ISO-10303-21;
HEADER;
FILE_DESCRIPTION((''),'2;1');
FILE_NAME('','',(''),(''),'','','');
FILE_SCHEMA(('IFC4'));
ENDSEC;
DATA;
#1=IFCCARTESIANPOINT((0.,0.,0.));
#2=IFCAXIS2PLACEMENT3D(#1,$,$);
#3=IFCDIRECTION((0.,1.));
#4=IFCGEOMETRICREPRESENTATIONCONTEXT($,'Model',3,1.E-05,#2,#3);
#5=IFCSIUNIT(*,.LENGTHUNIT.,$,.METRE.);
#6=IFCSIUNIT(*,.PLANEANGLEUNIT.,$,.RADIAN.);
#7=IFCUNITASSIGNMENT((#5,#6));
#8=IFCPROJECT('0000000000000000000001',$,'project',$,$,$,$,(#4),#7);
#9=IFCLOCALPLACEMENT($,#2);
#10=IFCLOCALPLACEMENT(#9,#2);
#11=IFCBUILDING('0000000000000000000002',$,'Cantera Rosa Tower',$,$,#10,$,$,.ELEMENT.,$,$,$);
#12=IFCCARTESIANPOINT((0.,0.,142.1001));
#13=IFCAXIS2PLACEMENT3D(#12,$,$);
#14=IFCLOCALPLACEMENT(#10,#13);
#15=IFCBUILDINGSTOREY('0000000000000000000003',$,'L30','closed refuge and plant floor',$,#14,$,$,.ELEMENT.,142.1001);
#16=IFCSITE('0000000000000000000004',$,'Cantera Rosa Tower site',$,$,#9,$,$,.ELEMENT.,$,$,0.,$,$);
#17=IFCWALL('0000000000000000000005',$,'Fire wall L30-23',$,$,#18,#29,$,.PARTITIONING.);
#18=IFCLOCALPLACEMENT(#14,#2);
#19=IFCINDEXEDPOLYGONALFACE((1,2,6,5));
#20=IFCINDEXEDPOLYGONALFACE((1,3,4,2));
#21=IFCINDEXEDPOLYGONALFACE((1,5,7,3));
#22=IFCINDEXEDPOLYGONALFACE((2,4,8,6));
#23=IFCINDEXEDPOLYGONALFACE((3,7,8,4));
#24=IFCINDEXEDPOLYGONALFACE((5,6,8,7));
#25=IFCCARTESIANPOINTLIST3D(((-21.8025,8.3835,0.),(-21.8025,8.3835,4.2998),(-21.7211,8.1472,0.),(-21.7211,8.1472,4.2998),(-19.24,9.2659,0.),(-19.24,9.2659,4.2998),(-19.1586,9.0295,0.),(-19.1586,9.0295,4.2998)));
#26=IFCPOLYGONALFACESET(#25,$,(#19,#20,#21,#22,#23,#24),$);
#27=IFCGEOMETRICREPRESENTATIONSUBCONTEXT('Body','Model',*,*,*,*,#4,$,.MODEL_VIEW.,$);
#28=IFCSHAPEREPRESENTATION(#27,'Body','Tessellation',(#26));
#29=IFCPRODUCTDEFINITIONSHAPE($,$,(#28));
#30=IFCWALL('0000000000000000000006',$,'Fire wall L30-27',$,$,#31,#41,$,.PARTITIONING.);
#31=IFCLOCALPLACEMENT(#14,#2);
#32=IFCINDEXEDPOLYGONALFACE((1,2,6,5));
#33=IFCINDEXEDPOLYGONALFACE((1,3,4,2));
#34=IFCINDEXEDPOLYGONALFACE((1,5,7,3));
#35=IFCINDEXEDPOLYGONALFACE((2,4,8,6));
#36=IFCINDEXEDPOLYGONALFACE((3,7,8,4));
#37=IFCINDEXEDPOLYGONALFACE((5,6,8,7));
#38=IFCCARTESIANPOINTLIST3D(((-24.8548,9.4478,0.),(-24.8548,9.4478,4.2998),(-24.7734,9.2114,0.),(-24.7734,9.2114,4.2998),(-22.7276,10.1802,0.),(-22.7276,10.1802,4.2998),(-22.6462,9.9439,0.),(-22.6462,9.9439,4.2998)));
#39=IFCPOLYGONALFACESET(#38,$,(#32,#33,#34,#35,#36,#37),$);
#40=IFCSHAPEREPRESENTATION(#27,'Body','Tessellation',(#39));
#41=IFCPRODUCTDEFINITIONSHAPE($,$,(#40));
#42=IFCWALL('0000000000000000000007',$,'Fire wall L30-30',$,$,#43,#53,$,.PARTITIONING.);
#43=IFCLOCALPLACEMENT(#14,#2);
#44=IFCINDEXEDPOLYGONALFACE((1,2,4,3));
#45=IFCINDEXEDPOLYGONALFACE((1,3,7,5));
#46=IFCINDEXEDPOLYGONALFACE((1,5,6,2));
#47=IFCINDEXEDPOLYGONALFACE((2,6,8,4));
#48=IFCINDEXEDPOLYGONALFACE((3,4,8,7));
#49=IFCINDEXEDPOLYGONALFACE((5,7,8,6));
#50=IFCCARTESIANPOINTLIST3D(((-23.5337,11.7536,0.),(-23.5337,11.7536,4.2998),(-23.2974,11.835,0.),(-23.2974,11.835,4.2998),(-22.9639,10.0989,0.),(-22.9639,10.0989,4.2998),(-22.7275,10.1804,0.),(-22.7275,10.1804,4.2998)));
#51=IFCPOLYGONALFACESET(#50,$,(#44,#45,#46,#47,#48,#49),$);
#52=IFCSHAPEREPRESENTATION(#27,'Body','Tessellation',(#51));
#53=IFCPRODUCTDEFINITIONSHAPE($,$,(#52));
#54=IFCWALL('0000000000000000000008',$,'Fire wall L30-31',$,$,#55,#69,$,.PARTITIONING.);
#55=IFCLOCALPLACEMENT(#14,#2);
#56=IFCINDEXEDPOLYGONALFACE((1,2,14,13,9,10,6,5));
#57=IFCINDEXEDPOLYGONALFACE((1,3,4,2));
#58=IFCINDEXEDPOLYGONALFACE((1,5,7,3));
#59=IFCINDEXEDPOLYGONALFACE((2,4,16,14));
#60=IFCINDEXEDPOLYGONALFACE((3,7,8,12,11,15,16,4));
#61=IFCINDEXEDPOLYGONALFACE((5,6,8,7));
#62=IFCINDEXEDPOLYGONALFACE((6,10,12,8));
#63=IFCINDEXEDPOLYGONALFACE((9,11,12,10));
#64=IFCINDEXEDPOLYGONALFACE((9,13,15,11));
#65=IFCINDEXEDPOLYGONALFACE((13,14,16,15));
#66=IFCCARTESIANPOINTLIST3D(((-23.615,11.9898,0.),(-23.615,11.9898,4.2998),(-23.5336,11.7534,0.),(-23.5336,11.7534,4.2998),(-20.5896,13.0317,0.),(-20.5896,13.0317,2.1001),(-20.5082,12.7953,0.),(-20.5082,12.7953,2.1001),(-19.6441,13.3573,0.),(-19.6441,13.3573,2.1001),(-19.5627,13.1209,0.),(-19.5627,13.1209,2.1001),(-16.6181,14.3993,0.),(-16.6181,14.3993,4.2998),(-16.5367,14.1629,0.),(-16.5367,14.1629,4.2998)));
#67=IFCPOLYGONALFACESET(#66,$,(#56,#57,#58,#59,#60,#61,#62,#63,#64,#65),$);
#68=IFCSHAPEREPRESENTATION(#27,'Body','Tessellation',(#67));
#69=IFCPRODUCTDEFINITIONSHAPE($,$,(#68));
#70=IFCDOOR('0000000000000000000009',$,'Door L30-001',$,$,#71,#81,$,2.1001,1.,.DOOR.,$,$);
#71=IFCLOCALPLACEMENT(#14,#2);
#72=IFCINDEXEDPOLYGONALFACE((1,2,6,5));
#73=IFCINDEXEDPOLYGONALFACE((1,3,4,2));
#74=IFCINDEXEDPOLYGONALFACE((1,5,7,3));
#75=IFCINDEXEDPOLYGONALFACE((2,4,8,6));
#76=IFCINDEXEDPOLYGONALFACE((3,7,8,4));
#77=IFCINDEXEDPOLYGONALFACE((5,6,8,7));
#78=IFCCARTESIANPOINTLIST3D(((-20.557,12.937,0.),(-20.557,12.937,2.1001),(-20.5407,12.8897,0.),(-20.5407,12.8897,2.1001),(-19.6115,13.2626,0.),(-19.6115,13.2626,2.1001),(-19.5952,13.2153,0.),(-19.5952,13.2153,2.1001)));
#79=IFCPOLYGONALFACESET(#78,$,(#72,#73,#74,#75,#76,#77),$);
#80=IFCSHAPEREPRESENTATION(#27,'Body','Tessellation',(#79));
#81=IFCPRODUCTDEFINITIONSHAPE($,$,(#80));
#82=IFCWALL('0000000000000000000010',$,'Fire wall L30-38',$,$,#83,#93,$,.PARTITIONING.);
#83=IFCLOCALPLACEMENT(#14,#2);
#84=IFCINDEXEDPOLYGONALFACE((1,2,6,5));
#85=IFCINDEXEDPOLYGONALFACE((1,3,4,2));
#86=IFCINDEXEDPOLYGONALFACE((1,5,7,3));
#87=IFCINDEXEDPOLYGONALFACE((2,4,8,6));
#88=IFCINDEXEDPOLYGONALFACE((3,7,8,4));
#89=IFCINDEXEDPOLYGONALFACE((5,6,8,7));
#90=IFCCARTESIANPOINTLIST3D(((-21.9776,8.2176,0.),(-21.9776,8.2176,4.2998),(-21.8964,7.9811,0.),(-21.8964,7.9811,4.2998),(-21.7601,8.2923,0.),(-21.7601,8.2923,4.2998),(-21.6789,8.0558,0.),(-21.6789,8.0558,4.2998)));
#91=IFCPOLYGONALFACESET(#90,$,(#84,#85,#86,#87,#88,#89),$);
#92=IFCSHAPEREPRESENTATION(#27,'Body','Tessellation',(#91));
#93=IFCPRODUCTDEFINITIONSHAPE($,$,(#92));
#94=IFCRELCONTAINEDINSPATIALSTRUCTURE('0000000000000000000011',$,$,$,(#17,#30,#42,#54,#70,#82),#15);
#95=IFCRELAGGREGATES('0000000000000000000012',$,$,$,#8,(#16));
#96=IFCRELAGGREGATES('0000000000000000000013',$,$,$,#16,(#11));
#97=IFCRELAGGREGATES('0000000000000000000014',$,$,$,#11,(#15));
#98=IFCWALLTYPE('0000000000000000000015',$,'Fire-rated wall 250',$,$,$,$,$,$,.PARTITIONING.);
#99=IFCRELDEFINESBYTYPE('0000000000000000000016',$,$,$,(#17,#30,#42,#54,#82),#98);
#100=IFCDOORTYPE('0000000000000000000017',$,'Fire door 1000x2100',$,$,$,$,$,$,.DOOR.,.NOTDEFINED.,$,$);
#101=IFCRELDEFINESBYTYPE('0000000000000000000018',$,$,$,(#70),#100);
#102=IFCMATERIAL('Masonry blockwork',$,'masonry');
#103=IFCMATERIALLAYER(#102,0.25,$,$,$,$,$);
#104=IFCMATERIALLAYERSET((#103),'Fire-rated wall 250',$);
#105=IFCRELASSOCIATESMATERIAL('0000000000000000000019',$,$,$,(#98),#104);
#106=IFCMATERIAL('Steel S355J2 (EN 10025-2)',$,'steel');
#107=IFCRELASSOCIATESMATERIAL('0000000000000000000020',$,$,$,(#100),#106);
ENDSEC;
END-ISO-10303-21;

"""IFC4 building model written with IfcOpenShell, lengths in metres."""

from ifc_helpers import new_model, si_unit, direction, frame, frame_2d, origin, place, context, subcontext, project, spatial, rectangle, extrude, material, layer, layer_set, type_object, element, fill, save


model = new_model("IFC4")

# Units and contexts
model_context = context("Model", 3, precision=1e-05, world=origin(), true_north=direction((0.0, 1.0)))
body_context = subcontext(model_context, "Body", "Model", "MODEL_VIEW")
ifc_project = project(units=[si_unit("LENGTHUNIT", "METRE"), si_unit("PLANEANGLEUNIT", "RADIAN")], contexts=[model_context])

# Site, building, storey
site_placement = place(None, origin())
site = spatial("IfcSite", under=ifc_project, at=site_placement, Name="Cantera Rosa Tower site", CompositionType="ELEMENT", RefElevation=0.0)
building_placement = place(site_placement, origin())
building = spatial("IfcBuilding", under=site, at=building_placement, Name="Cantera Rosa Tower", CompositionType="ELEMENT")
storey_placement = place(building_placement, frame((0.0, 0.0, 142.1001)))
storey = spatial("IfcBuildingStorey", under=building, at=storey_placement, Name="L30", Description="closed refuge and plant floor", CompositionType="ELEMENT", Elevation=142.1001)

# Walls
ifc_material_1 = material(Name="Masonry blockwork", Category="masonry")
ifc_layer_1 = layer(ifc_material_1, 0.25)
ifc_layer_set_1 = layer_set([ifc_layer_1], Name="Fire-rated wall 250")
wall_type = type_object("IfcWallType", Name="Fire-rated wall 250", PredefinedType="PARTITIONING", material=ifc_layer_set_1)
wall_1_placement = place(storey_placement, frame((-21.7617, 8.2654, 0.0), z_axis=(0.0, 0.0, 1.0), x_axis=(0.94552, 0.325563, 0.0)))
element("IfcWall", 1, at=wall_1_placement, inside=storey, type_object=wall_type, Name="Fire wall L30-23", PredefinedType="PARTITIONING", context=body_context, shape_type="SweptSolid", body=[
    extrude(rectangle(XDim=2.7102, YDim=0.25, at=frame_2d((1.355, 0.0))), origin(), (0.0, 0.0, 1.0), 4.2998),
])
wall_2_placement = place(storey_placement, frame((-24.8142, 9.3296, 0.0), z_axis=(0.0, 0.0, 1.0), x_axis=(0.945523, 0.325556, 0.0)))
element("IfcWall", 2, at=wall_2_placement, inside=storey, type_object=wall_type, Name="Fire wall L30-27", PredefinedType="PARTITIONING", context=body_context, shape_type="SweptSolid", body=[
    extrude(rectangle(XDim=2.2498, YDim=0.25, at=frame_2d((1.125, 0.0))), origin(), (0.0, 0.0, 1.0), 4.2998),
])
wall_3_placement = place(storey_placement, frame((-22.8457, 10.1396, 0.0), z_axis=(0.0, 0.0, 1.0), x_axis=(-0.325629, 0.945497, 0.0)))
element("IfcWall", 3, at=wall_3_placement, inside=storey, type_object=wall_type, Name="Fire wall L30-30", PredefinedType="PARTITIONING", context=body_context, shape_type="SweptSolid", body=[
    extrude(rectangle(XDim=1.75, YDim=0.25, at=frame_2d((0.875, 0.0))), origin(), (0.0, 0.0, 1.0), 4.2998),
])

# Wall, opening, door
wall_4_placement = place(storey_placement, frame((-23.5745, 11.8716, 0.0), z_axis=(0.0, 0.0, 1.0), x_axis=(0.945509, 0.325595, 0.0)))
wall_4 = element("IfcWall", 4, at=wall_4_placement, inside=storey, type_object=wall_type, Name="Fire wall L30-31", PredefinedType="PARTITIONING", context=body_context, shape_type="SweptSolid", body=[
    extrude(rectangle(XDim=7.4001, YDim=0.25, at=frame_2d((3.7002, 0.0))), origin(), (0.0, 0.0, 1.0), 4.2998),
])
opening_placement = place(wall_4_placement, frame((3.2, 0.0, 0.0)))
opening = element("IfcOpeningElement", 5, at=opening_placement, cuts=wall_4, PredefinedType="OPENING", context=body_context, shape_type="SweptSolid", body=[
    extrude(rectangle(XDim=1.0, YDim=2.1001, at=frame_2d((0.5, 1.05))), frame((0.0, 0.135, 0.0), z_axis=(0.0, -1.0, 0.0), x_axis=(1.0, 0.0, 0.0)), (0.0, 0.0, 1.0), 0.27),
])
ifc_material_2 = material(Name="Steel S355J2 (EN 10025-2)", Category="steel")
door_type = type_object("IfcDoorType", Name="Fire door 1000x2100", OperationType="NOTDEFINED", PredefinedType="DOOR", material=ifc_material_2)
door_placement = place(opening_placement, origin())
door = element("IfcDoor", 6, at=door_placement, inside=storey, type_object=door_type, Name="Door L30-001", OverallHeight=2.1001, OverallWidth=1.0, PredefinedType="DOOR", context=body_context, shape_type="SweptSolid", body=[
    extrude(rectangle(XDim=1.0, YDim=2.1001, at=frame_2d((0.5, 1.05))), frame((0.0, 0.0249, 0.0), z_axis=(0.0, -1.0, 0.0), x_axis=(1.0, 0.0, 0.0)), (0.0, 0.0, 1.0), 0.05),
])
fill(opening, door)

# Wall
wall_5_placement = place(storey_placement, frame((-21.937, 8.0994, 0.0), z_axis=(0.0, 0.0, 1.0), x_axis=(0.945778, 0.324813, 0.0)))
element("IfcWall", 7, at=wall_5_placement, inside=storey, type_object=wall_type, Name="Fire wall L30-38", PredefinedType="PARTITIONING", context=body_context, shape_type="SweptSolid", body=[
    extrude(rectangle(XDim=0.23, YDim=0.25, at=frame_2d((0.115, 0.0))), origin(), (0.0, 0.0, 1.0), 4.2998),
])

save(model, "model.ifc")
